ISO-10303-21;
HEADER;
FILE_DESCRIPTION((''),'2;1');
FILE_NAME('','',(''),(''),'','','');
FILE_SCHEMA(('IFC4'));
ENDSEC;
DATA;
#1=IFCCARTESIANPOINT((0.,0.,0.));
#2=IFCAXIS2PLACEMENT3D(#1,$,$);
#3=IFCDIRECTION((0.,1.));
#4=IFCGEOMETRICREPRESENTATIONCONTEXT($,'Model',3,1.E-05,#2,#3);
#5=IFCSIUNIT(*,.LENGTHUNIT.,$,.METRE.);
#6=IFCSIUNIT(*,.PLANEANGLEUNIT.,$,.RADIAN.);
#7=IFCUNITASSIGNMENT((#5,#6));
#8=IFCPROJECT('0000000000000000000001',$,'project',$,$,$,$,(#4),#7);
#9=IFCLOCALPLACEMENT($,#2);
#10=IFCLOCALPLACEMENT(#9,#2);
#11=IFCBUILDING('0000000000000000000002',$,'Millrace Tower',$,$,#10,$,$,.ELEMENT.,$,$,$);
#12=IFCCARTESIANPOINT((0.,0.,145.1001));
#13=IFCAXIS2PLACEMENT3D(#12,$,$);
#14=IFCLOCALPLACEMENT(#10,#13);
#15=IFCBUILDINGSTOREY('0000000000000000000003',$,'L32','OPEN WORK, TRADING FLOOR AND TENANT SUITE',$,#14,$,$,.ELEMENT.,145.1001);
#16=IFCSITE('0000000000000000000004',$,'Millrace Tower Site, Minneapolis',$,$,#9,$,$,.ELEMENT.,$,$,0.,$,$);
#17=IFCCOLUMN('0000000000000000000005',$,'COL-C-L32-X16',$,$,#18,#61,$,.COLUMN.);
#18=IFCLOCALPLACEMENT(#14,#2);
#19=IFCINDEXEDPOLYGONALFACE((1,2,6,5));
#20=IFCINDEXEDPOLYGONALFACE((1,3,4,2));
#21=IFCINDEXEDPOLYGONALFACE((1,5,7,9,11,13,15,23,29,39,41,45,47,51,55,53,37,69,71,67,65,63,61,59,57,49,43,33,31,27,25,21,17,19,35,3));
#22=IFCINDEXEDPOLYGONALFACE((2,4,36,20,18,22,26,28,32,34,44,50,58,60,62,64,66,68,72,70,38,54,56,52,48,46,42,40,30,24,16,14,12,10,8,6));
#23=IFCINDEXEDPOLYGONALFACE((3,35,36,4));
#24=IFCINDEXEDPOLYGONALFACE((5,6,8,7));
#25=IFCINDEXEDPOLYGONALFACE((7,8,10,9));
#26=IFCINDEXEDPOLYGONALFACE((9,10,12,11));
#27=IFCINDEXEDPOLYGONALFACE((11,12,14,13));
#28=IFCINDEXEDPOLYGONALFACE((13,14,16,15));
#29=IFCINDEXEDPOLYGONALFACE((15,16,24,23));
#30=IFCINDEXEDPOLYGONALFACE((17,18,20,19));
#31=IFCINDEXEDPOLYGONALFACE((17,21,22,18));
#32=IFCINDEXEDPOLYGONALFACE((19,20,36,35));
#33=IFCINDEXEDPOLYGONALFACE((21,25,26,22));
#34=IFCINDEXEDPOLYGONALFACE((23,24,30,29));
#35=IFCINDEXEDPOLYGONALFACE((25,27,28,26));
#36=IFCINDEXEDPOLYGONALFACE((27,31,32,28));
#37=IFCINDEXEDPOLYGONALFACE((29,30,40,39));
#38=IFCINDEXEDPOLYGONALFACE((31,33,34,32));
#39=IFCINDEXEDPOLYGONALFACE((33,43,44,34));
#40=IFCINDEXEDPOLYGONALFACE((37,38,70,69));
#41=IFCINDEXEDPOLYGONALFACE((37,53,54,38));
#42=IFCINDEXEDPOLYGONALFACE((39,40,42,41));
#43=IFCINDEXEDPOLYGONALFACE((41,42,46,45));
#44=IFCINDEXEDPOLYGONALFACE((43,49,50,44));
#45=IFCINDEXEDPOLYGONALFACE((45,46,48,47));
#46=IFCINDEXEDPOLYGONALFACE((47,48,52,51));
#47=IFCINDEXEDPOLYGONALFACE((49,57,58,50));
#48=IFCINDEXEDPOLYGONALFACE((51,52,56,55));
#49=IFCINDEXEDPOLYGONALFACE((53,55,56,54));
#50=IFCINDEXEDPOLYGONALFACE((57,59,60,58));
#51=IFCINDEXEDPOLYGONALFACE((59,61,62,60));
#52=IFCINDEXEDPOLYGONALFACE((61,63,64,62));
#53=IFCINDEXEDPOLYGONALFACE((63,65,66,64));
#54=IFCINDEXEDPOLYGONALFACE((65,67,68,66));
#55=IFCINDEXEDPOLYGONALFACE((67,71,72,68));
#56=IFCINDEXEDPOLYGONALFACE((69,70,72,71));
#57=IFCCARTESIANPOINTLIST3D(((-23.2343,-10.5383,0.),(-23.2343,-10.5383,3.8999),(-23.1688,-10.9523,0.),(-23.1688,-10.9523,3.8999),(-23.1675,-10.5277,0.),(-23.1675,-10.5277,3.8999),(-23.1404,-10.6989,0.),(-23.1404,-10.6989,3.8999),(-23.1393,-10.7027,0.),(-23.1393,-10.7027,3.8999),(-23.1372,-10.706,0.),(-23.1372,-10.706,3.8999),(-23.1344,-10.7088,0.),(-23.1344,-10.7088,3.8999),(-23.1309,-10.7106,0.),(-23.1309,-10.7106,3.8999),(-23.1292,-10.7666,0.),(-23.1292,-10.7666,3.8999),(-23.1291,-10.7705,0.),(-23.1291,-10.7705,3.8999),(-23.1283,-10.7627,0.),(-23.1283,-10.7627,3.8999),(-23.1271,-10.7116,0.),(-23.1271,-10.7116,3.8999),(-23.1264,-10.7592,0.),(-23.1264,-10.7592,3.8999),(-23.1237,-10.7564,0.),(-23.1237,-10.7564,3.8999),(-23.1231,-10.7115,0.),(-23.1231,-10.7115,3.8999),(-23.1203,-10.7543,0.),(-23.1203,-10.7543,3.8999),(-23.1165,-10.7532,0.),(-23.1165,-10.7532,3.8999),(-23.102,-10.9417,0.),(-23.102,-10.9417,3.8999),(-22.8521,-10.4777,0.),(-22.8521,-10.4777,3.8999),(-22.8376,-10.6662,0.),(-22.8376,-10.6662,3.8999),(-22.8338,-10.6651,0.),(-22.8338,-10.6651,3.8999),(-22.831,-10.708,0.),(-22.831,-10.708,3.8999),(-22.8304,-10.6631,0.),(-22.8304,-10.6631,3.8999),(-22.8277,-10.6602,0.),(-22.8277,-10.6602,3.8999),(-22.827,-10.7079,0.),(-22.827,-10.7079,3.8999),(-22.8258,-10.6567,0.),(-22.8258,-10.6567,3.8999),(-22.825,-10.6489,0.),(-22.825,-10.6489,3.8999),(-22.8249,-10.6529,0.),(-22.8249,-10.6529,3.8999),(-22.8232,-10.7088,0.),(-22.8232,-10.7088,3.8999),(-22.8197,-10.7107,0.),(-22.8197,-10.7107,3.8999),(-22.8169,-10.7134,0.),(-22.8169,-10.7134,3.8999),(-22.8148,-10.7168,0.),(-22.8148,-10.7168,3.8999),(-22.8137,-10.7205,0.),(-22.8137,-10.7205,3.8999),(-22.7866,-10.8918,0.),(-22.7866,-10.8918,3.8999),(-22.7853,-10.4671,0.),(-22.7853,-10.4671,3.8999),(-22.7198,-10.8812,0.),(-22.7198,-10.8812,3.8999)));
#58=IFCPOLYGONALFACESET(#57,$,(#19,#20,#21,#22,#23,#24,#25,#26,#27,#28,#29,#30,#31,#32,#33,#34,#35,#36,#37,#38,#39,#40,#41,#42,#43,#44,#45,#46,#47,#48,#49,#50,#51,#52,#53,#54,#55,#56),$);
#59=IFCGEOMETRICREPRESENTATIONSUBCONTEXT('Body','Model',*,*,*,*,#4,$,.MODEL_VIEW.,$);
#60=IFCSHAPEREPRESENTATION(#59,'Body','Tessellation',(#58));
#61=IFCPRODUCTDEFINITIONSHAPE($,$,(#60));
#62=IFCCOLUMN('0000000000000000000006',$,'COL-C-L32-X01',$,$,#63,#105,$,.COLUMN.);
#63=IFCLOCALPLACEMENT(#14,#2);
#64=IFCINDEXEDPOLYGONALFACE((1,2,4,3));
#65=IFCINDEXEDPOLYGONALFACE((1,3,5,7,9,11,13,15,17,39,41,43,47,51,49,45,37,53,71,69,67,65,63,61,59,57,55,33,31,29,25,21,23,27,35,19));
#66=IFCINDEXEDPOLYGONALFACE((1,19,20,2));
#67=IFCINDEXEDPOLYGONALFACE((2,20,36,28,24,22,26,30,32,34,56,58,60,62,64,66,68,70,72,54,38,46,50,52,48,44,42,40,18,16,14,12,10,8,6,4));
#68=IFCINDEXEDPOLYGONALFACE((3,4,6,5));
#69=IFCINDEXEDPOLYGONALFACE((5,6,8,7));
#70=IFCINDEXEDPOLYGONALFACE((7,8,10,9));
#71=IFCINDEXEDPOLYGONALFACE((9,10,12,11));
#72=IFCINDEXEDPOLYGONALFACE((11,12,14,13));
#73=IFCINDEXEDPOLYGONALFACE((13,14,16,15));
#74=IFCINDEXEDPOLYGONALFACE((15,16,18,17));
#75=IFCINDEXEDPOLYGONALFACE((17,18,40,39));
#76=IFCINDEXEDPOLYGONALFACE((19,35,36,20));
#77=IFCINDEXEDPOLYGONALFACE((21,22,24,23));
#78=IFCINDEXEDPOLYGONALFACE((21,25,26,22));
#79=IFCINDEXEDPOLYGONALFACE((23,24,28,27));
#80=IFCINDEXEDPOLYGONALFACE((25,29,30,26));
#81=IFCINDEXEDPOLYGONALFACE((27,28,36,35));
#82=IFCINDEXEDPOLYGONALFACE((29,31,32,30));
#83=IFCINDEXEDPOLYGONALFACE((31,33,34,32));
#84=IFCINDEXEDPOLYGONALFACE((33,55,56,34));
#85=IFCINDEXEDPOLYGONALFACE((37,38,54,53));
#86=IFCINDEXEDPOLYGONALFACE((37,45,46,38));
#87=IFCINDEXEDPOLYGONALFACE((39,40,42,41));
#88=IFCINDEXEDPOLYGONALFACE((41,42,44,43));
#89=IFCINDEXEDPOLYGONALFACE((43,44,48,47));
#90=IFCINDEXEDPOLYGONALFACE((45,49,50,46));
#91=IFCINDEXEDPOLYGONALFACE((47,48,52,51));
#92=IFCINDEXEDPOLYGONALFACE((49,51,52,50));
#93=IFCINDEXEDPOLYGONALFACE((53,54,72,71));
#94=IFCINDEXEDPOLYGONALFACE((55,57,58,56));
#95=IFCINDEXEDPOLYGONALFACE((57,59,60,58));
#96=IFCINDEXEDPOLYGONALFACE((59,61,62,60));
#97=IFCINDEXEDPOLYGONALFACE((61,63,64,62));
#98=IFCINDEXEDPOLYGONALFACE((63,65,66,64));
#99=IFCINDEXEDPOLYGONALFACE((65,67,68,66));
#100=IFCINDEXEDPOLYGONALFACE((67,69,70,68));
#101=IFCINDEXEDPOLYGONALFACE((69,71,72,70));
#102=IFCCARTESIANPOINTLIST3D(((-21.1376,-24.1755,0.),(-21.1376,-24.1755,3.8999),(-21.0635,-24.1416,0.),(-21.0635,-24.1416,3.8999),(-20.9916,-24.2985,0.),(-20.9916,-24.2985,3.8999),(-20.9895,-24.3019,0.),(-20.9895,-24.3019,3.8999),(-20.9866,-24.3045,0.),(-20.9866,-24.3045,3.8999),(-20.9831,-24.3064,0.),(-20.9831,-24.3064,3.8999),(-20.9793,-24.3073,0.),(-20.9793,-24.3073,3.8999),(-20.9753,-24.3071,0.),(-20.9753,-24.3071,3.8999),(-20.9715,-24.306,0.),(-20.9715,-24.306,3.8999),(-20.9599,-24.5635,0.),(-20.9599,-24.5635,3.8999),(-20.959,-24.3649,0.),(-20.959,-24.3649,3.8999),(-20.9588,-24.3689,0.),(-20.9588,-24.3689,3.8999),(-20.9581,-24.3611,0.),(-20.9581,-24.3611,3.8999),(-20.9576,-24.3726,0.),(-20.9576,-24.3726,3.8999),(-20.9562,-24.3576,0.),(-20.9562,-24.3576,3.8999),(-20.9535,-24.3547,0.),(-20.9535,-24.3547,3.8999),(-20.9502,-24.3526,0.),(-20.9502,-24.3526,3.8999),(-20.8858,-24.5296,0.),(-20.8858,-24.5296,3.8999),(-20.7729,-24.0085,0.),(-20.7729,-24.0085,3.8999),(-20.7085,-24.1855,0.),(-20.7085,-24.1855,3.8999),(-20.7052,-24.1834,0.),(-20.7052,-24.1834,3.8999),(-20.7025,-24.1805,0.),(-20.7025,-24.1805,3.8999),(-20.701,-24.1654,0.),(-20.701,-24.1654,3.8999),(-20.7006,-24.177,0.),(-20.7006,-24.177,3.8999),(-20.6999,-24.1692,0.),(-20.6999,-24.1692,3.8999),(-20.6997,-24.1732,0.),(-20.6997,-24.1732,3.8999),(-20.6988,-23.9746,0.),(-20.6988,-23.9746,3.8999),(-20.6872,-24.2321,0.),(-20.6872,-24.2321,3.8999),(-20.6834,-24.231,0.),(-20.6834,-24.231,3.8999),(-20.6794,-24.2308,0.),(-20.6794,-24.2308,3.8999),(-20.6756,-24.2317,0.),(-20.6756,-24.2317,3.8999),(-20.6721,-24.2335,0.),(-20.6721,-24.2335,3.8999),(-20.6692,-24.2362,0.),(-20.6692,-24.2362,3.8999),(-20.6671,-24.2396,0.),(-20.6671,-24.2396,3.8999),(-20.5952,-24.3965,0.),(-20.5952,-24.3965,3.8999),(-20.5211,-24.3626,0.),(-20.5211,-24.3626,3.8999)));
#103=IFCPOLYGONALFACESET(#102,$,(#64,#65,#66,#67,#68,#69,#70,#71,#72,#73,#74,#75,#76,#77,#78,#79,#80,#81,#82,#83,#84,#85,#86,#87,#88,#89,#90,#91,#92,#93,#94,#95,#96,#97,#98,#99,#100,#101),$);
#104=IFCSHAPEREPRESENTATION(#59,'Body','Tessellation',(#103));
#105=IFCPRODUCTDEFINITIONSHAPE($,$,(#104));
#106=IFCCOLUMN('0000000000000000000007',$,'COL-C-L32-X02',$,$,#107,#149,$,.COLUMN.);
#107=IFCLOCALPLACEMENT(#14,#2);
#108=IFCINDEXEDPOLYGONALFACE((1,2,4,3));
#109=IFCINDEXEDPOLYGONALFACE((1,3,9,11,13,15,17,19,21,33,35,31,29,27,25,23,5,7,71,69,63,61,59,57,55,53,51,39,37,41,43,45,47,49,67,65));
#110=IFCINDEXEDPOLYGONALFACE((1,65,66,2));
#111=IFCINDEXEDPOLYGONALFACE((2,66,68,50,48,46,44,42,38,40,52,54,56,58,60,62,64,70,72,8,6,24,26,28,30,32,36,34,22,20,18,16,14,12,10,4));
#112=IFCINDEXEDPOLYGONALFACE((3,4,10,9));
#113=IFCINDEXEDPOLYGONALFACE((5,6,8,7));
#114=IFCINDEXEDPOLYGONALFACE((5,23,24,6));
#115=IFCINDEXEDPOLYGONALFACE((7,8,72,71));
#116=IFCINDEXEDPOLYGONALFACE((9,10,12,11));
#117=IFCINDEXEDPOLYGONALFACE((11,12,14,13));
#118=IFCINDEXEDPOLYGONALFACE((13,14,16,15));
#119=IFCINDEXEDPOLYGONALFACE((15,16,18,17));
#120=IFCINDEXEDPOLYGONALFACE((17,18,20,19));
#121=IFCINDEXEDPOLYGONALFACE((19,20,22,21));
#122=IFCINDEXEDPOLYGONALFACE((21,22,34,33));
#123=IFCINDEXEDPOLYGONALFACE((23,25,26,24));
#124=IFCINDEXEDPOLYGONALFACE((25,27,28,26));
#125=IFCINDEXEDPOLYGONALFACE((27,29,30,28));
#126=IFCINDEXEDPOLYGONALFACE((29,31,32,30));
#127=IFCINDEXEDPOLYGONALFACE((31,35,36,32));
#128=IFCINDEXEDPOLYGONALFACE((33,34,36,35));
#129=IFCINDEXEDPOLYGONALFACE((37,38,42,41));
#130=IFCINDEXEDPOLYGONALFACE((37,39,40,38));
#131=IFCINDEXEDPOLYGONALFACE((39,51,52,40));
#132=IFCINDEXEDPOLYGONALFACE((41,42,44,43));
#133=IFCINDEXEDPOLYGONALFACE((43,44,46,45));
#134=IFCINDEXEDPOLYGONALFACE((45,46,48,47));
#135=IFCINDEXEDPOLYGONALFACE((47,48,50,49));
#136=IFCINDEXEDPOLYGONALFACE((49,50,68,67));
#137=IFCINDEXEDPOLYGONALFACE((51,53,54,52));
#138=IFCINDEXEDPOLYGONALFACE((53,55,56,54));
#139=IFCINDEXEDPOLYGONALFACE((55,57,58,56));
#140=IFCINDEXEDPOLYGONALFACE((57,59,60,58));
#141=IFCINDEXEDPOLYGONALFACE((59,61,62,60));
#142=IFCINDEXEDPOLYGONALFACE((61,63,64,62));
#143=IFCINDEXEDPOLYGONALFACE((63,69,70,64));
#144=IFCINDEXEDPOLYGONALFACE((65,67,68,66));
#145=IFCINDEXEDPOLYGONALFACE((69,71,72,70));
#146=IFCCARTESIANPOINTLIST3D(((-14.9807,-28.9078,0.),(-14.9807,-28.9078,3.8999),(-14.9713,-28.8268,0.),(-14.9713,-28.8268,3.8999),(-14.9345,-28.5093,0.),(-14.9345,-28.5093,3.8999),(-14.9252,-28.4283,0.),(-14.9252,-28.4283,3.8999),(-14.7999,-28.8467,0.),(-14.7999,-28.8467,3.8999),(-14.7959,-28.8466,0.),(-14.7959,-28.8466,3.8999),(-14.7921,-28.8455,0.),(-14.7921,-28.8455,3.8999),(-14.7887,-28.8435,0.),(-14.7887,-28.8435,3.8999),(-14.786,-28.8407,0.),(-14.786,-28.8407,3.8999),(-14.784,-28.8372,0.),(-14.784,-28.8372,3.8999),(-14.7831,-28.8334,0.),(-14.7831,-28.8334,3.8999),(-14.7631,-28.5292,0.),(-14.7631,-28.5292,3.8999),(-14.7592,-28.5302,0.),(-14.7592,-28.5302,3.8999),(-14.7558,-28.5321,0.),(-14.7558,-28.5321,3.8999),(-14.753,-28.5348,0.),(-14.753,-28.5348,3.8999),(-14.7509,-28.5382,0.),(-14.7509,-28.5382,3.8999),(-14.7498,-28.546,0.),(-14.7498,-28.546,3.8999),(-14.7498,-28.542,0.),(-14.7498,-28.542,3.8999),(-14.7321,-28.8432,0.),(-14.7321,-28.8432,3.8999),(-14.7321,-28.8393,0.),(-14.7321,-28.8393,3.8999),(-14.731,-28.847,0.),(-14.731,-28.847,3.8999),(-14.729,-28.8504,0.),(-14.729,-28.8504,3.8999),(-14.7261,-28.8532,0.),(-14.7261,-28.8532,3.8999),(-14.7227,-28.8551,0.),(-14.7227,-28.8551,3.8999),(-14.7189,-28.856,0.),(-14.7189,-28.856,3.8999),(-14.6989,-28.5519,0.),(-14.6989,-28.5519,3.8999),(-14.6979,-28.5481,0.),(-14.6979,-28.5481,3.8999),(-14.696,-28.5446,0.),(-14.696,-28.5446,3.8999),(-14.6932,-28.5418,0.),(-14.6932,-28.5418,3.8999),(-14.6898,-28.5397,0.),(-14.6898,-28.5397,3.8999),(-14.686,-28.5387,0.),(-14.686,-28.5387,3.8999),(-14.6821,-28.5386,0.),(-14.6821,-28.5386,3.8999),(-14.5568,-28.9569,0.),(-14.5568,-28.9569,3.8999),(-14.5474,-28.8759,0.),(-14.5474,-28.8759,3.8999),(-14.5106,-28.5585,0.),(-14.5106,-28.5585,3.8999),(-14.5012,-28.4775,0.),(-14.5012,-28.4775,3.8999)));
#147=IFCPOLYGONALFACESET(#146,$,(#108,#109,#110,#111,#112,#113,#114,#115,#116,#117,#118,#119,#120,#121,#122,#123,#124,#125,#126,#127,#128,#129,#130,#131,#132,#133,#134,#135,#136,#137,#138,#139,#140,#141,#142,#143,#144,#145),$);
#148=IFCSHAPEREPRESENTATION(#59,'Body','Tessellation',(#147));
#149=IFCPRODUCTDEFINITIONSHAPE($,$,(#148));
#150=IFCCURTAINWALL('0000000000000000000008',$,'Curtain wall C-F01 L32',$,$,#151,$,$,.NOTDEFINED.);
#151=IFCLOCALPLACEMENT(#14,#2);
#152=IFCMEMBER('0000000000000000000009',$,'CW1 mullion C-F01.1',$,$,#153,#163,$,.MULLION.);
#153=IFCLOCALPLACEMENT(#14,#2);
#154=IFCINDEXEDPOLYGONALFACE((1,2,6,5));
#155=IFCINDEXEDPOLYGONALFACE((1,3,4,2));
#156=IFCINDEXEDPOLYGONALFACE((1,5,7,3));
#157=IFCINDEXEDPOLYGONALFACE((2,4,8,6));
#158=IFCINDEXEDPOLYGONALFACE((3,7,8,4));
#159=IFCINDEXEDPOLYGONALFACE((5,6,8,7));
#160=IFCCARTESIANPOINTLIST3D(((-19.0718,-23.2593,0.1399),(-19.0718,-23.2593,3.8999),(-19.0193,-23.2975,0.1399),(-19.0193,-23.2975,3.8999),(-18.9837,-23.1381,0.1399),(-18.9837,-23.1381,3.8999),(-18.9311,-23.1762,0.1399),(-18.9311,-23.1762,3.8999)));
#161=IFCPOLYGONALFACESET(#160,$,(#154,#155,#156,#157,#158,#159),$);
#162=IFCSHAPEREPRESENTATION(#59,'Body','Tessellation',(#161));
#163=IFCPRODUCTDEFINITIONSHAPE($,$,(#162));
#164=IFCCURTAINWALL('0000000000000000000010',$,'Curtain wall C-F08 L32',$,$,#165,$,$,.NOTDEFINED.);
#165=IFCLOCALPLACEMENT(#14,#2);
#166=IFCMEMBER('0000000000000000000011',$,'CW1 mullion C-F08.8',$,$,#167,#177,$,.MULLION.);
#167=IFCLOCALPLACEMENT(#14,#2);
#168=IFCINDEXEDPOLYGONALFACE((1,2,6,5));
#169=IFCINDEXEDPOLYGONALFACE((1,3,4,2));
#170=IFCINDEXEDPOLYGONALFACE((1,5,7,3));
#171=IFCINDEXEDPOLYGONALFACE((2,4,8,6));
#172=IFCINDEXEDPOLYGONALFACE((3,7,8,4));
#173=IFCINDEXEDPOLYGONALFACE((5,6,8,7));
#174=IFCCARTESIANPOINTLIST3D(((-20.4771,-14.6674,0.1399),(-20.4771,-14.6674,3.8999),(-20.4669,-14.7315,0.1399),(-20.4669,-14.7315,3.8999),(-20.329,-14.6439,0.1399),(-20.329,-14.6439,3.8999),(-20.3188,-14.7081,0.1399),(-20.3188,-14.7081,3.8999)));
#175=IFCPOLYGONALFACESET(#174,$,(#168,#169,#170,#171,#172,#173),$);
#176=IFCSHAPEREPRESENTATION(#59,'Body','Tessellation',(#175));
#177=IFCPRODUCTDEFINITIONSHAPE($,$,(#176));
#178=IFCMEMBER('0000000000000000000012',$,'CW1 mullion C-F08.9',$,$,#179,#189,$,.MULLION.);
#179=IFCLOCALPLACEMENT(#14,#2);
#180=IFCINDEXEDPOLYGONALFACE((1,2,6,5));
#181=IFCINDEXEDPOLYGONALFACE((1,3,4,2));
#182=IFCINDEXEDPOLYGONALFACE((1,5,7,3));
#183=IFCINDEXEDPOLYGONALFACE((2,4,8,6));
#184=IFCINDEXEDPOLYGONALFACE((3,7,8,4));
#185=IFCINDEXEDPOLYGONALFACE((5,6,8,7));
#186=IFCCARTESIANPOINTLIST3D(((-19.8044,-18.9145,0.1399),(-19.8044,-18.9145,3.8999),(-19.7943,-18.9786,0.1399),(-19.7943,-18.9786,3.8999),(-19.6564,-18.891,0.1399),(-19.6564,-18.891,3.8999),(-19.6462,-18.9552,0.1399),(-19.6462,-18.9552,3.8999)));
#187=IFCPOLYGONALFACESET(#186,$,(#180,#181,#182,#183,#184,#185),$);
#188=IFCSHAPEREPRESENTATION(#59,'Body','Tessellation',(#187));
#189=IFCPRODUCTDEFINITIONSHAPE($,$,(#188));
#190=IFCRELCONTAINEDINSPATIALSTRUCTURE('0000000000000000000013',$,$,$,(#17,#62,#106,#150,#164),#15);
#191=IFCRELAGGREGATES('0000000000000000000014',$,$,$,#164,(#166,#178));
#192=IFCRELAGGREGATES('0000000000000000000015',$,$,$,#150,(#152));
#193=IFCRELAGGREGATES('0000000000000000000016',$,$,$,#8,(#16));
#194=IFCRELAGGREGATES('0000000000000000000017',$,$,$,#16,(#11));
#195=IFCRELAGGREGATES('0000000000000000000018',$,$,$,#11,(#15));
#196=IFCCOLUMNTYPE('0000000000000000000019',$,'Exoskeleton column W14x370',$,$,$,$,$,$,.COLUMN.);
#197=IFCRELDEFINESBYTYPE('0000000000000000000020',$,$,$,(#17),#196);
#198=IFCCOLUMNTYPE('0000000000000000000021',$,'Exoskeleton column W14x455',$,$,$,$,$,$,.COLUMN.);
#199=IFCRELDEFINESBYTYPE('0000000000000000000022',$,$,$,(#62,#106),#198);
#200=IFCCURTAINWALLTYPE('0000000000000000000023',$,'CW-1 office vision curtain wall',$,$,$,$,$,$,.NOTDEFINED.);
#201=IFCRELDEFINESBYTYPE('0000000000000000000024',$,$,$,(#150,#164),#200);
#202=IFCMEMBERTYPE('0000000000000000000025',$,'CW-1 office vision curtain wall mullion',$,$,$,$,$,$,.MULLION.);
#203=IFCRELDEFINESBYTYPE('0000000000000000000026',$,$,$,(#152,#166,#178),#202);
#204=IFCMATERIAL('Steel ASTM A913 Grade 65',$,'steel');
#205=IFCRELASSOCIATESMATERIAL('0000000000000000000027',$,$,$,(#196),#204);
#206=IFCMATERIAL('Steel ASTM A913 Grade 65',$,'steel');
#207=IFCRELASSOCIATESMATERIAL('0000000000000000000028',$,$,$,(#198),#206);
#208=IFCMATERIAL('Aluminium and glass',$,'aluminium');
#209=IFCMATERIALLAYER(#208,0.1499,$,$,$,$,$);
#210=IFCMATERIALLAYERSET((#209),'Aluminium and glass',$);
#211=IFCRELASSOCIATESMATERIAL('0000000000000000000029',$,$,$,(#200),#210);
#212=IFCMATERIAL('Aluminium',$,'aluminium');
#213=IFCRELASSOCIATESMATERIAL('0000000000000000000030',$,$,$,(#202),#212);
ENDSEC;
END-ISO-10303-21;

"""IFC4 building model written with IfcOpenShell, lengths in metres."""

from ifc_helpers import new_model, si_unit, direction, frame, origin, origin_2d, place, context, subcontext, project, spatial, rectangle, i_section, extrude, material, layer, layer_set, material_profile, profile_set, type_object, element, aggregate, save


model = new_model("IFC4")

# Units and contexts
model_context = context("Model", 3, precision=1e-05, world=origin(), true_north=direction((0.0, 1.0)))
body_context = subcontext(model_context, "Body", "Model", "MODEL_VIEW")
ifc_project = project(units=[si_unit("LENGTHUNIT", "METRE"), si_unit("PLANEANGLEUNIT", "RADIAN")], contexts=[model_context])

# Site, building, storey
site_placement = place(None, origin())
site = spatial("IfcSite", under=ifc_project, at=site_placement, Name="Millrace Tower Site, Minneapolis", CompositionType="ELEMENT", RefElevation=0.0)
building_placement = place(site_placement, origin())
building = spatial("IfcBuilding", under=site, at=building_placement, Name="Millrace Tower", CompositionType="ELEMENT")
storey_placement = place(building_placement, frame((0.0, 0.0, 145.1001)))
storey = spatial("IfcBuildingStorey", under=building, at=storey_placement, Name="L32", Description="OPEN WORK, TRADING FLOOR AND TENANT SUITE", CompositionType="ELEMENT", Elevation=145.1001)

# Columns
ifc_material_1 = material(Name="Steel ASTM A913 Grade 65", Category="steel")
ifc_material_profile_1 = material_profile(ifc_material_1, i_section(OverallWidth=0.4192, OverallDepth=0.4546, WebThickness=0.0422, FlangeThickness=0.0676, FilletRadius=0.0151, at=origin_2d()))
ifc_profile_set_1 = profile_set([ifc_material_profile_1], Name="Steel ASTM A913 Grade 65")
column_type_1 = type_object("IfcColumnType", Name="Exoskeleton column W14x370", PredefinedType="COLUMN", material=ifc_profile_set_1)
column_placement = place(storey_placement, frame((-22.9771, -10.7097, 0.0), z_axis=(0.0, 0.0, 1.0), x_axis=(0.156434, -0.987688, 0.0)))
element("IfcColumn", 1, at=column_placement, inside=storey, type_object=column_type_1, Name="COL-C-L32-X16", PredefinedType="COLUMN", context=body_context, shape_type="SweptSolid", body=[
    extrude(i_section(OverallWidth=0.4192, OverallDepth=0.4546, WebThickness=0.0422, FlangeThickness=0.0676, FilletRadius=0.0151, at=origin_2d()), origin(), (0.0, 0.0, 1.0), 3.8999),
])
ifc_material_2 = material(Name="Steel ASTM A913 Grade 65", Category="steel")
ifc_material_profile_2 = material_profile(ifc_material_2, i_section(OverallWidth=0.4268, OverallDepth=0.4827, WebThickness=0.0513, FlangeThickness=0.0815, FilletRadius=0.0151, at=origin_2d()))
ifc_profile_set_2 = profile_set([ifc_material_profile_2], Name="Steel ASTM A913 Grade 65")
column_type_2 = type_object("IfcColumnType", Name="Exoskeleton column W14x455", PredefinedType="COLUMN", material=ifc_profile_set_2)
for number, where, z_axis, x_axis, name in (
    (2, (-20.8293, -24.269, 0.0), (0.0, 0.0, 1.0), (0.416401, -0.909181, 0.0), "COL-C-L32-X01"),
    (3, (-14.741, -28.6926, 0.0), (0.0, 0.0, 1.0), (0.993358, -0.115069, 0.0), "COL-C-L32-X02"),
):
    element("IfcColumn", number, at=place(storey_placement, frame(where, z_axis=z_axis, x_axis=x_axis)), inside=storey, type_object=column_type_2, Name=name, PredefinedType="COLUMN", context=body_context, shape_type="SweptSolid", body=[
        extrude(i_section(OverallWidth=0.4268, OverallDepth=0.4827, WebThickness=0.0513, FlangeThickness=0.0815, FilletRadius=0.0151, at=origin_2d()), origin(), (0.0, 0.0, 1.0), 3.8999),
    ])

# Curtain wall, member
ifc_material_3 = material(Name="Aluminium and glass", Category="aluminium")
ifc_layer_1 = layer(ifc_material_3, 0.1499)
ifc_layer_set_1 = layer_set([ifc_layer_1], Name="Aluminium and glass")
curtain_wall_type = type_object("IfcCurtainWallType", Name="CW-1 office vision curtain wall", PredefinedType="NOTDEFINED", material=ifc_layer_set_1)
placement = place(storey_placement, origin())
curtain_wall_1 = element("IfcCurtainWall", 4, at=placement, inside=storey, type_object=curtain_wall_type, Name="Curtain wall C-F01 L32", PredefinedType="NOTDEFINED")
ifc_material_4 = material(Name="Aluminium", Category="aluminium")
ifc_material_profile_3 = material_profile(ifc_material_4, rectangle(XDim=0.0649, YDim=0.1499, at=origin_2d()))
ifc_profile_set_3 = profile_set([ifc_material_profile_3], Name="Aluminium")
member_type_1 = type_object("IfcMemberType", Name="CW-1 office vision curtain wall mullion", PredefinedType="MULLION", material=ifc_profile_set_3)
member_1_placement = place(storey_placement, frame((-19.0015, -23.2178, 0.1399), z_axis=(0.0, 0.0, 1.0), x_axis=(0.809017, -0.587785, 0.0)))
member_1 = element("IfcMember", 5, at=member_1_placement, type_object=member_type_1, Name="CW1 mullion C-F01.1", PredefinedType="MULLION", context=body_context, shape_type="SweptSolid", body=[
    extrude(rectangle(XDim=0.0649, YDim=0.1499, at=origin_2d()), origin(), (0.0, 0.0, 1.0), 3.76),
])

# Curtain wall, members
curtain_wall_2 = element("IfcCurtainWall", 6, at=placement, inside=storey, type_object=curtain_wall_type, Name="Curtain wall C-F08 L32", PredefinedType="NOTDEFINED")
member_2_placement = place(storey_placement, frame((-20.3979, -14.6877, 0.1399), z_axis=(0.0, 0.0, 1.0), x_axis=(0.156434, -0.987688, 0.0)))
member_2 = element("IfcMember", 7, at=member_2_placement, type_object=member_type_1, Name="CW1 mullion C-F08.8", PredefinedType="MULLION", context=body_context, shape_type="SweptSolid", body=[
    extrude(rectangle(XDim=0.0649, YDim=0.1499, at=origin_2d()), origin(), (0.0, 0.0, 1.0), 3.76),
])
member_3_placement = place(storey_placement, frame((-19.7253, -18.9348, 0.1399), z_axis=(0.0, 0.0, 1.0), x_axis=(0.156434, -0.987688, 0.0)))
member_3 = element("IfcMember", 8, at=member_3_placement, type_object=member_type_1, Name="CW1 mullion C-F08.9", PredefinedType="MULLION", context=body_context, shape_type="SweptSolid", body=[
    extrude(rectangle(XDim=0.0649, YDim=0.1499, at=origin_2d()), origin(), (0.0, 0.0, 1.0), 3.76),
])
aggregate(curtain_wall_2, [member_2, member_3])

aggregate(curtain_wall_1, [member_1])

save(model, "model.ifc")
